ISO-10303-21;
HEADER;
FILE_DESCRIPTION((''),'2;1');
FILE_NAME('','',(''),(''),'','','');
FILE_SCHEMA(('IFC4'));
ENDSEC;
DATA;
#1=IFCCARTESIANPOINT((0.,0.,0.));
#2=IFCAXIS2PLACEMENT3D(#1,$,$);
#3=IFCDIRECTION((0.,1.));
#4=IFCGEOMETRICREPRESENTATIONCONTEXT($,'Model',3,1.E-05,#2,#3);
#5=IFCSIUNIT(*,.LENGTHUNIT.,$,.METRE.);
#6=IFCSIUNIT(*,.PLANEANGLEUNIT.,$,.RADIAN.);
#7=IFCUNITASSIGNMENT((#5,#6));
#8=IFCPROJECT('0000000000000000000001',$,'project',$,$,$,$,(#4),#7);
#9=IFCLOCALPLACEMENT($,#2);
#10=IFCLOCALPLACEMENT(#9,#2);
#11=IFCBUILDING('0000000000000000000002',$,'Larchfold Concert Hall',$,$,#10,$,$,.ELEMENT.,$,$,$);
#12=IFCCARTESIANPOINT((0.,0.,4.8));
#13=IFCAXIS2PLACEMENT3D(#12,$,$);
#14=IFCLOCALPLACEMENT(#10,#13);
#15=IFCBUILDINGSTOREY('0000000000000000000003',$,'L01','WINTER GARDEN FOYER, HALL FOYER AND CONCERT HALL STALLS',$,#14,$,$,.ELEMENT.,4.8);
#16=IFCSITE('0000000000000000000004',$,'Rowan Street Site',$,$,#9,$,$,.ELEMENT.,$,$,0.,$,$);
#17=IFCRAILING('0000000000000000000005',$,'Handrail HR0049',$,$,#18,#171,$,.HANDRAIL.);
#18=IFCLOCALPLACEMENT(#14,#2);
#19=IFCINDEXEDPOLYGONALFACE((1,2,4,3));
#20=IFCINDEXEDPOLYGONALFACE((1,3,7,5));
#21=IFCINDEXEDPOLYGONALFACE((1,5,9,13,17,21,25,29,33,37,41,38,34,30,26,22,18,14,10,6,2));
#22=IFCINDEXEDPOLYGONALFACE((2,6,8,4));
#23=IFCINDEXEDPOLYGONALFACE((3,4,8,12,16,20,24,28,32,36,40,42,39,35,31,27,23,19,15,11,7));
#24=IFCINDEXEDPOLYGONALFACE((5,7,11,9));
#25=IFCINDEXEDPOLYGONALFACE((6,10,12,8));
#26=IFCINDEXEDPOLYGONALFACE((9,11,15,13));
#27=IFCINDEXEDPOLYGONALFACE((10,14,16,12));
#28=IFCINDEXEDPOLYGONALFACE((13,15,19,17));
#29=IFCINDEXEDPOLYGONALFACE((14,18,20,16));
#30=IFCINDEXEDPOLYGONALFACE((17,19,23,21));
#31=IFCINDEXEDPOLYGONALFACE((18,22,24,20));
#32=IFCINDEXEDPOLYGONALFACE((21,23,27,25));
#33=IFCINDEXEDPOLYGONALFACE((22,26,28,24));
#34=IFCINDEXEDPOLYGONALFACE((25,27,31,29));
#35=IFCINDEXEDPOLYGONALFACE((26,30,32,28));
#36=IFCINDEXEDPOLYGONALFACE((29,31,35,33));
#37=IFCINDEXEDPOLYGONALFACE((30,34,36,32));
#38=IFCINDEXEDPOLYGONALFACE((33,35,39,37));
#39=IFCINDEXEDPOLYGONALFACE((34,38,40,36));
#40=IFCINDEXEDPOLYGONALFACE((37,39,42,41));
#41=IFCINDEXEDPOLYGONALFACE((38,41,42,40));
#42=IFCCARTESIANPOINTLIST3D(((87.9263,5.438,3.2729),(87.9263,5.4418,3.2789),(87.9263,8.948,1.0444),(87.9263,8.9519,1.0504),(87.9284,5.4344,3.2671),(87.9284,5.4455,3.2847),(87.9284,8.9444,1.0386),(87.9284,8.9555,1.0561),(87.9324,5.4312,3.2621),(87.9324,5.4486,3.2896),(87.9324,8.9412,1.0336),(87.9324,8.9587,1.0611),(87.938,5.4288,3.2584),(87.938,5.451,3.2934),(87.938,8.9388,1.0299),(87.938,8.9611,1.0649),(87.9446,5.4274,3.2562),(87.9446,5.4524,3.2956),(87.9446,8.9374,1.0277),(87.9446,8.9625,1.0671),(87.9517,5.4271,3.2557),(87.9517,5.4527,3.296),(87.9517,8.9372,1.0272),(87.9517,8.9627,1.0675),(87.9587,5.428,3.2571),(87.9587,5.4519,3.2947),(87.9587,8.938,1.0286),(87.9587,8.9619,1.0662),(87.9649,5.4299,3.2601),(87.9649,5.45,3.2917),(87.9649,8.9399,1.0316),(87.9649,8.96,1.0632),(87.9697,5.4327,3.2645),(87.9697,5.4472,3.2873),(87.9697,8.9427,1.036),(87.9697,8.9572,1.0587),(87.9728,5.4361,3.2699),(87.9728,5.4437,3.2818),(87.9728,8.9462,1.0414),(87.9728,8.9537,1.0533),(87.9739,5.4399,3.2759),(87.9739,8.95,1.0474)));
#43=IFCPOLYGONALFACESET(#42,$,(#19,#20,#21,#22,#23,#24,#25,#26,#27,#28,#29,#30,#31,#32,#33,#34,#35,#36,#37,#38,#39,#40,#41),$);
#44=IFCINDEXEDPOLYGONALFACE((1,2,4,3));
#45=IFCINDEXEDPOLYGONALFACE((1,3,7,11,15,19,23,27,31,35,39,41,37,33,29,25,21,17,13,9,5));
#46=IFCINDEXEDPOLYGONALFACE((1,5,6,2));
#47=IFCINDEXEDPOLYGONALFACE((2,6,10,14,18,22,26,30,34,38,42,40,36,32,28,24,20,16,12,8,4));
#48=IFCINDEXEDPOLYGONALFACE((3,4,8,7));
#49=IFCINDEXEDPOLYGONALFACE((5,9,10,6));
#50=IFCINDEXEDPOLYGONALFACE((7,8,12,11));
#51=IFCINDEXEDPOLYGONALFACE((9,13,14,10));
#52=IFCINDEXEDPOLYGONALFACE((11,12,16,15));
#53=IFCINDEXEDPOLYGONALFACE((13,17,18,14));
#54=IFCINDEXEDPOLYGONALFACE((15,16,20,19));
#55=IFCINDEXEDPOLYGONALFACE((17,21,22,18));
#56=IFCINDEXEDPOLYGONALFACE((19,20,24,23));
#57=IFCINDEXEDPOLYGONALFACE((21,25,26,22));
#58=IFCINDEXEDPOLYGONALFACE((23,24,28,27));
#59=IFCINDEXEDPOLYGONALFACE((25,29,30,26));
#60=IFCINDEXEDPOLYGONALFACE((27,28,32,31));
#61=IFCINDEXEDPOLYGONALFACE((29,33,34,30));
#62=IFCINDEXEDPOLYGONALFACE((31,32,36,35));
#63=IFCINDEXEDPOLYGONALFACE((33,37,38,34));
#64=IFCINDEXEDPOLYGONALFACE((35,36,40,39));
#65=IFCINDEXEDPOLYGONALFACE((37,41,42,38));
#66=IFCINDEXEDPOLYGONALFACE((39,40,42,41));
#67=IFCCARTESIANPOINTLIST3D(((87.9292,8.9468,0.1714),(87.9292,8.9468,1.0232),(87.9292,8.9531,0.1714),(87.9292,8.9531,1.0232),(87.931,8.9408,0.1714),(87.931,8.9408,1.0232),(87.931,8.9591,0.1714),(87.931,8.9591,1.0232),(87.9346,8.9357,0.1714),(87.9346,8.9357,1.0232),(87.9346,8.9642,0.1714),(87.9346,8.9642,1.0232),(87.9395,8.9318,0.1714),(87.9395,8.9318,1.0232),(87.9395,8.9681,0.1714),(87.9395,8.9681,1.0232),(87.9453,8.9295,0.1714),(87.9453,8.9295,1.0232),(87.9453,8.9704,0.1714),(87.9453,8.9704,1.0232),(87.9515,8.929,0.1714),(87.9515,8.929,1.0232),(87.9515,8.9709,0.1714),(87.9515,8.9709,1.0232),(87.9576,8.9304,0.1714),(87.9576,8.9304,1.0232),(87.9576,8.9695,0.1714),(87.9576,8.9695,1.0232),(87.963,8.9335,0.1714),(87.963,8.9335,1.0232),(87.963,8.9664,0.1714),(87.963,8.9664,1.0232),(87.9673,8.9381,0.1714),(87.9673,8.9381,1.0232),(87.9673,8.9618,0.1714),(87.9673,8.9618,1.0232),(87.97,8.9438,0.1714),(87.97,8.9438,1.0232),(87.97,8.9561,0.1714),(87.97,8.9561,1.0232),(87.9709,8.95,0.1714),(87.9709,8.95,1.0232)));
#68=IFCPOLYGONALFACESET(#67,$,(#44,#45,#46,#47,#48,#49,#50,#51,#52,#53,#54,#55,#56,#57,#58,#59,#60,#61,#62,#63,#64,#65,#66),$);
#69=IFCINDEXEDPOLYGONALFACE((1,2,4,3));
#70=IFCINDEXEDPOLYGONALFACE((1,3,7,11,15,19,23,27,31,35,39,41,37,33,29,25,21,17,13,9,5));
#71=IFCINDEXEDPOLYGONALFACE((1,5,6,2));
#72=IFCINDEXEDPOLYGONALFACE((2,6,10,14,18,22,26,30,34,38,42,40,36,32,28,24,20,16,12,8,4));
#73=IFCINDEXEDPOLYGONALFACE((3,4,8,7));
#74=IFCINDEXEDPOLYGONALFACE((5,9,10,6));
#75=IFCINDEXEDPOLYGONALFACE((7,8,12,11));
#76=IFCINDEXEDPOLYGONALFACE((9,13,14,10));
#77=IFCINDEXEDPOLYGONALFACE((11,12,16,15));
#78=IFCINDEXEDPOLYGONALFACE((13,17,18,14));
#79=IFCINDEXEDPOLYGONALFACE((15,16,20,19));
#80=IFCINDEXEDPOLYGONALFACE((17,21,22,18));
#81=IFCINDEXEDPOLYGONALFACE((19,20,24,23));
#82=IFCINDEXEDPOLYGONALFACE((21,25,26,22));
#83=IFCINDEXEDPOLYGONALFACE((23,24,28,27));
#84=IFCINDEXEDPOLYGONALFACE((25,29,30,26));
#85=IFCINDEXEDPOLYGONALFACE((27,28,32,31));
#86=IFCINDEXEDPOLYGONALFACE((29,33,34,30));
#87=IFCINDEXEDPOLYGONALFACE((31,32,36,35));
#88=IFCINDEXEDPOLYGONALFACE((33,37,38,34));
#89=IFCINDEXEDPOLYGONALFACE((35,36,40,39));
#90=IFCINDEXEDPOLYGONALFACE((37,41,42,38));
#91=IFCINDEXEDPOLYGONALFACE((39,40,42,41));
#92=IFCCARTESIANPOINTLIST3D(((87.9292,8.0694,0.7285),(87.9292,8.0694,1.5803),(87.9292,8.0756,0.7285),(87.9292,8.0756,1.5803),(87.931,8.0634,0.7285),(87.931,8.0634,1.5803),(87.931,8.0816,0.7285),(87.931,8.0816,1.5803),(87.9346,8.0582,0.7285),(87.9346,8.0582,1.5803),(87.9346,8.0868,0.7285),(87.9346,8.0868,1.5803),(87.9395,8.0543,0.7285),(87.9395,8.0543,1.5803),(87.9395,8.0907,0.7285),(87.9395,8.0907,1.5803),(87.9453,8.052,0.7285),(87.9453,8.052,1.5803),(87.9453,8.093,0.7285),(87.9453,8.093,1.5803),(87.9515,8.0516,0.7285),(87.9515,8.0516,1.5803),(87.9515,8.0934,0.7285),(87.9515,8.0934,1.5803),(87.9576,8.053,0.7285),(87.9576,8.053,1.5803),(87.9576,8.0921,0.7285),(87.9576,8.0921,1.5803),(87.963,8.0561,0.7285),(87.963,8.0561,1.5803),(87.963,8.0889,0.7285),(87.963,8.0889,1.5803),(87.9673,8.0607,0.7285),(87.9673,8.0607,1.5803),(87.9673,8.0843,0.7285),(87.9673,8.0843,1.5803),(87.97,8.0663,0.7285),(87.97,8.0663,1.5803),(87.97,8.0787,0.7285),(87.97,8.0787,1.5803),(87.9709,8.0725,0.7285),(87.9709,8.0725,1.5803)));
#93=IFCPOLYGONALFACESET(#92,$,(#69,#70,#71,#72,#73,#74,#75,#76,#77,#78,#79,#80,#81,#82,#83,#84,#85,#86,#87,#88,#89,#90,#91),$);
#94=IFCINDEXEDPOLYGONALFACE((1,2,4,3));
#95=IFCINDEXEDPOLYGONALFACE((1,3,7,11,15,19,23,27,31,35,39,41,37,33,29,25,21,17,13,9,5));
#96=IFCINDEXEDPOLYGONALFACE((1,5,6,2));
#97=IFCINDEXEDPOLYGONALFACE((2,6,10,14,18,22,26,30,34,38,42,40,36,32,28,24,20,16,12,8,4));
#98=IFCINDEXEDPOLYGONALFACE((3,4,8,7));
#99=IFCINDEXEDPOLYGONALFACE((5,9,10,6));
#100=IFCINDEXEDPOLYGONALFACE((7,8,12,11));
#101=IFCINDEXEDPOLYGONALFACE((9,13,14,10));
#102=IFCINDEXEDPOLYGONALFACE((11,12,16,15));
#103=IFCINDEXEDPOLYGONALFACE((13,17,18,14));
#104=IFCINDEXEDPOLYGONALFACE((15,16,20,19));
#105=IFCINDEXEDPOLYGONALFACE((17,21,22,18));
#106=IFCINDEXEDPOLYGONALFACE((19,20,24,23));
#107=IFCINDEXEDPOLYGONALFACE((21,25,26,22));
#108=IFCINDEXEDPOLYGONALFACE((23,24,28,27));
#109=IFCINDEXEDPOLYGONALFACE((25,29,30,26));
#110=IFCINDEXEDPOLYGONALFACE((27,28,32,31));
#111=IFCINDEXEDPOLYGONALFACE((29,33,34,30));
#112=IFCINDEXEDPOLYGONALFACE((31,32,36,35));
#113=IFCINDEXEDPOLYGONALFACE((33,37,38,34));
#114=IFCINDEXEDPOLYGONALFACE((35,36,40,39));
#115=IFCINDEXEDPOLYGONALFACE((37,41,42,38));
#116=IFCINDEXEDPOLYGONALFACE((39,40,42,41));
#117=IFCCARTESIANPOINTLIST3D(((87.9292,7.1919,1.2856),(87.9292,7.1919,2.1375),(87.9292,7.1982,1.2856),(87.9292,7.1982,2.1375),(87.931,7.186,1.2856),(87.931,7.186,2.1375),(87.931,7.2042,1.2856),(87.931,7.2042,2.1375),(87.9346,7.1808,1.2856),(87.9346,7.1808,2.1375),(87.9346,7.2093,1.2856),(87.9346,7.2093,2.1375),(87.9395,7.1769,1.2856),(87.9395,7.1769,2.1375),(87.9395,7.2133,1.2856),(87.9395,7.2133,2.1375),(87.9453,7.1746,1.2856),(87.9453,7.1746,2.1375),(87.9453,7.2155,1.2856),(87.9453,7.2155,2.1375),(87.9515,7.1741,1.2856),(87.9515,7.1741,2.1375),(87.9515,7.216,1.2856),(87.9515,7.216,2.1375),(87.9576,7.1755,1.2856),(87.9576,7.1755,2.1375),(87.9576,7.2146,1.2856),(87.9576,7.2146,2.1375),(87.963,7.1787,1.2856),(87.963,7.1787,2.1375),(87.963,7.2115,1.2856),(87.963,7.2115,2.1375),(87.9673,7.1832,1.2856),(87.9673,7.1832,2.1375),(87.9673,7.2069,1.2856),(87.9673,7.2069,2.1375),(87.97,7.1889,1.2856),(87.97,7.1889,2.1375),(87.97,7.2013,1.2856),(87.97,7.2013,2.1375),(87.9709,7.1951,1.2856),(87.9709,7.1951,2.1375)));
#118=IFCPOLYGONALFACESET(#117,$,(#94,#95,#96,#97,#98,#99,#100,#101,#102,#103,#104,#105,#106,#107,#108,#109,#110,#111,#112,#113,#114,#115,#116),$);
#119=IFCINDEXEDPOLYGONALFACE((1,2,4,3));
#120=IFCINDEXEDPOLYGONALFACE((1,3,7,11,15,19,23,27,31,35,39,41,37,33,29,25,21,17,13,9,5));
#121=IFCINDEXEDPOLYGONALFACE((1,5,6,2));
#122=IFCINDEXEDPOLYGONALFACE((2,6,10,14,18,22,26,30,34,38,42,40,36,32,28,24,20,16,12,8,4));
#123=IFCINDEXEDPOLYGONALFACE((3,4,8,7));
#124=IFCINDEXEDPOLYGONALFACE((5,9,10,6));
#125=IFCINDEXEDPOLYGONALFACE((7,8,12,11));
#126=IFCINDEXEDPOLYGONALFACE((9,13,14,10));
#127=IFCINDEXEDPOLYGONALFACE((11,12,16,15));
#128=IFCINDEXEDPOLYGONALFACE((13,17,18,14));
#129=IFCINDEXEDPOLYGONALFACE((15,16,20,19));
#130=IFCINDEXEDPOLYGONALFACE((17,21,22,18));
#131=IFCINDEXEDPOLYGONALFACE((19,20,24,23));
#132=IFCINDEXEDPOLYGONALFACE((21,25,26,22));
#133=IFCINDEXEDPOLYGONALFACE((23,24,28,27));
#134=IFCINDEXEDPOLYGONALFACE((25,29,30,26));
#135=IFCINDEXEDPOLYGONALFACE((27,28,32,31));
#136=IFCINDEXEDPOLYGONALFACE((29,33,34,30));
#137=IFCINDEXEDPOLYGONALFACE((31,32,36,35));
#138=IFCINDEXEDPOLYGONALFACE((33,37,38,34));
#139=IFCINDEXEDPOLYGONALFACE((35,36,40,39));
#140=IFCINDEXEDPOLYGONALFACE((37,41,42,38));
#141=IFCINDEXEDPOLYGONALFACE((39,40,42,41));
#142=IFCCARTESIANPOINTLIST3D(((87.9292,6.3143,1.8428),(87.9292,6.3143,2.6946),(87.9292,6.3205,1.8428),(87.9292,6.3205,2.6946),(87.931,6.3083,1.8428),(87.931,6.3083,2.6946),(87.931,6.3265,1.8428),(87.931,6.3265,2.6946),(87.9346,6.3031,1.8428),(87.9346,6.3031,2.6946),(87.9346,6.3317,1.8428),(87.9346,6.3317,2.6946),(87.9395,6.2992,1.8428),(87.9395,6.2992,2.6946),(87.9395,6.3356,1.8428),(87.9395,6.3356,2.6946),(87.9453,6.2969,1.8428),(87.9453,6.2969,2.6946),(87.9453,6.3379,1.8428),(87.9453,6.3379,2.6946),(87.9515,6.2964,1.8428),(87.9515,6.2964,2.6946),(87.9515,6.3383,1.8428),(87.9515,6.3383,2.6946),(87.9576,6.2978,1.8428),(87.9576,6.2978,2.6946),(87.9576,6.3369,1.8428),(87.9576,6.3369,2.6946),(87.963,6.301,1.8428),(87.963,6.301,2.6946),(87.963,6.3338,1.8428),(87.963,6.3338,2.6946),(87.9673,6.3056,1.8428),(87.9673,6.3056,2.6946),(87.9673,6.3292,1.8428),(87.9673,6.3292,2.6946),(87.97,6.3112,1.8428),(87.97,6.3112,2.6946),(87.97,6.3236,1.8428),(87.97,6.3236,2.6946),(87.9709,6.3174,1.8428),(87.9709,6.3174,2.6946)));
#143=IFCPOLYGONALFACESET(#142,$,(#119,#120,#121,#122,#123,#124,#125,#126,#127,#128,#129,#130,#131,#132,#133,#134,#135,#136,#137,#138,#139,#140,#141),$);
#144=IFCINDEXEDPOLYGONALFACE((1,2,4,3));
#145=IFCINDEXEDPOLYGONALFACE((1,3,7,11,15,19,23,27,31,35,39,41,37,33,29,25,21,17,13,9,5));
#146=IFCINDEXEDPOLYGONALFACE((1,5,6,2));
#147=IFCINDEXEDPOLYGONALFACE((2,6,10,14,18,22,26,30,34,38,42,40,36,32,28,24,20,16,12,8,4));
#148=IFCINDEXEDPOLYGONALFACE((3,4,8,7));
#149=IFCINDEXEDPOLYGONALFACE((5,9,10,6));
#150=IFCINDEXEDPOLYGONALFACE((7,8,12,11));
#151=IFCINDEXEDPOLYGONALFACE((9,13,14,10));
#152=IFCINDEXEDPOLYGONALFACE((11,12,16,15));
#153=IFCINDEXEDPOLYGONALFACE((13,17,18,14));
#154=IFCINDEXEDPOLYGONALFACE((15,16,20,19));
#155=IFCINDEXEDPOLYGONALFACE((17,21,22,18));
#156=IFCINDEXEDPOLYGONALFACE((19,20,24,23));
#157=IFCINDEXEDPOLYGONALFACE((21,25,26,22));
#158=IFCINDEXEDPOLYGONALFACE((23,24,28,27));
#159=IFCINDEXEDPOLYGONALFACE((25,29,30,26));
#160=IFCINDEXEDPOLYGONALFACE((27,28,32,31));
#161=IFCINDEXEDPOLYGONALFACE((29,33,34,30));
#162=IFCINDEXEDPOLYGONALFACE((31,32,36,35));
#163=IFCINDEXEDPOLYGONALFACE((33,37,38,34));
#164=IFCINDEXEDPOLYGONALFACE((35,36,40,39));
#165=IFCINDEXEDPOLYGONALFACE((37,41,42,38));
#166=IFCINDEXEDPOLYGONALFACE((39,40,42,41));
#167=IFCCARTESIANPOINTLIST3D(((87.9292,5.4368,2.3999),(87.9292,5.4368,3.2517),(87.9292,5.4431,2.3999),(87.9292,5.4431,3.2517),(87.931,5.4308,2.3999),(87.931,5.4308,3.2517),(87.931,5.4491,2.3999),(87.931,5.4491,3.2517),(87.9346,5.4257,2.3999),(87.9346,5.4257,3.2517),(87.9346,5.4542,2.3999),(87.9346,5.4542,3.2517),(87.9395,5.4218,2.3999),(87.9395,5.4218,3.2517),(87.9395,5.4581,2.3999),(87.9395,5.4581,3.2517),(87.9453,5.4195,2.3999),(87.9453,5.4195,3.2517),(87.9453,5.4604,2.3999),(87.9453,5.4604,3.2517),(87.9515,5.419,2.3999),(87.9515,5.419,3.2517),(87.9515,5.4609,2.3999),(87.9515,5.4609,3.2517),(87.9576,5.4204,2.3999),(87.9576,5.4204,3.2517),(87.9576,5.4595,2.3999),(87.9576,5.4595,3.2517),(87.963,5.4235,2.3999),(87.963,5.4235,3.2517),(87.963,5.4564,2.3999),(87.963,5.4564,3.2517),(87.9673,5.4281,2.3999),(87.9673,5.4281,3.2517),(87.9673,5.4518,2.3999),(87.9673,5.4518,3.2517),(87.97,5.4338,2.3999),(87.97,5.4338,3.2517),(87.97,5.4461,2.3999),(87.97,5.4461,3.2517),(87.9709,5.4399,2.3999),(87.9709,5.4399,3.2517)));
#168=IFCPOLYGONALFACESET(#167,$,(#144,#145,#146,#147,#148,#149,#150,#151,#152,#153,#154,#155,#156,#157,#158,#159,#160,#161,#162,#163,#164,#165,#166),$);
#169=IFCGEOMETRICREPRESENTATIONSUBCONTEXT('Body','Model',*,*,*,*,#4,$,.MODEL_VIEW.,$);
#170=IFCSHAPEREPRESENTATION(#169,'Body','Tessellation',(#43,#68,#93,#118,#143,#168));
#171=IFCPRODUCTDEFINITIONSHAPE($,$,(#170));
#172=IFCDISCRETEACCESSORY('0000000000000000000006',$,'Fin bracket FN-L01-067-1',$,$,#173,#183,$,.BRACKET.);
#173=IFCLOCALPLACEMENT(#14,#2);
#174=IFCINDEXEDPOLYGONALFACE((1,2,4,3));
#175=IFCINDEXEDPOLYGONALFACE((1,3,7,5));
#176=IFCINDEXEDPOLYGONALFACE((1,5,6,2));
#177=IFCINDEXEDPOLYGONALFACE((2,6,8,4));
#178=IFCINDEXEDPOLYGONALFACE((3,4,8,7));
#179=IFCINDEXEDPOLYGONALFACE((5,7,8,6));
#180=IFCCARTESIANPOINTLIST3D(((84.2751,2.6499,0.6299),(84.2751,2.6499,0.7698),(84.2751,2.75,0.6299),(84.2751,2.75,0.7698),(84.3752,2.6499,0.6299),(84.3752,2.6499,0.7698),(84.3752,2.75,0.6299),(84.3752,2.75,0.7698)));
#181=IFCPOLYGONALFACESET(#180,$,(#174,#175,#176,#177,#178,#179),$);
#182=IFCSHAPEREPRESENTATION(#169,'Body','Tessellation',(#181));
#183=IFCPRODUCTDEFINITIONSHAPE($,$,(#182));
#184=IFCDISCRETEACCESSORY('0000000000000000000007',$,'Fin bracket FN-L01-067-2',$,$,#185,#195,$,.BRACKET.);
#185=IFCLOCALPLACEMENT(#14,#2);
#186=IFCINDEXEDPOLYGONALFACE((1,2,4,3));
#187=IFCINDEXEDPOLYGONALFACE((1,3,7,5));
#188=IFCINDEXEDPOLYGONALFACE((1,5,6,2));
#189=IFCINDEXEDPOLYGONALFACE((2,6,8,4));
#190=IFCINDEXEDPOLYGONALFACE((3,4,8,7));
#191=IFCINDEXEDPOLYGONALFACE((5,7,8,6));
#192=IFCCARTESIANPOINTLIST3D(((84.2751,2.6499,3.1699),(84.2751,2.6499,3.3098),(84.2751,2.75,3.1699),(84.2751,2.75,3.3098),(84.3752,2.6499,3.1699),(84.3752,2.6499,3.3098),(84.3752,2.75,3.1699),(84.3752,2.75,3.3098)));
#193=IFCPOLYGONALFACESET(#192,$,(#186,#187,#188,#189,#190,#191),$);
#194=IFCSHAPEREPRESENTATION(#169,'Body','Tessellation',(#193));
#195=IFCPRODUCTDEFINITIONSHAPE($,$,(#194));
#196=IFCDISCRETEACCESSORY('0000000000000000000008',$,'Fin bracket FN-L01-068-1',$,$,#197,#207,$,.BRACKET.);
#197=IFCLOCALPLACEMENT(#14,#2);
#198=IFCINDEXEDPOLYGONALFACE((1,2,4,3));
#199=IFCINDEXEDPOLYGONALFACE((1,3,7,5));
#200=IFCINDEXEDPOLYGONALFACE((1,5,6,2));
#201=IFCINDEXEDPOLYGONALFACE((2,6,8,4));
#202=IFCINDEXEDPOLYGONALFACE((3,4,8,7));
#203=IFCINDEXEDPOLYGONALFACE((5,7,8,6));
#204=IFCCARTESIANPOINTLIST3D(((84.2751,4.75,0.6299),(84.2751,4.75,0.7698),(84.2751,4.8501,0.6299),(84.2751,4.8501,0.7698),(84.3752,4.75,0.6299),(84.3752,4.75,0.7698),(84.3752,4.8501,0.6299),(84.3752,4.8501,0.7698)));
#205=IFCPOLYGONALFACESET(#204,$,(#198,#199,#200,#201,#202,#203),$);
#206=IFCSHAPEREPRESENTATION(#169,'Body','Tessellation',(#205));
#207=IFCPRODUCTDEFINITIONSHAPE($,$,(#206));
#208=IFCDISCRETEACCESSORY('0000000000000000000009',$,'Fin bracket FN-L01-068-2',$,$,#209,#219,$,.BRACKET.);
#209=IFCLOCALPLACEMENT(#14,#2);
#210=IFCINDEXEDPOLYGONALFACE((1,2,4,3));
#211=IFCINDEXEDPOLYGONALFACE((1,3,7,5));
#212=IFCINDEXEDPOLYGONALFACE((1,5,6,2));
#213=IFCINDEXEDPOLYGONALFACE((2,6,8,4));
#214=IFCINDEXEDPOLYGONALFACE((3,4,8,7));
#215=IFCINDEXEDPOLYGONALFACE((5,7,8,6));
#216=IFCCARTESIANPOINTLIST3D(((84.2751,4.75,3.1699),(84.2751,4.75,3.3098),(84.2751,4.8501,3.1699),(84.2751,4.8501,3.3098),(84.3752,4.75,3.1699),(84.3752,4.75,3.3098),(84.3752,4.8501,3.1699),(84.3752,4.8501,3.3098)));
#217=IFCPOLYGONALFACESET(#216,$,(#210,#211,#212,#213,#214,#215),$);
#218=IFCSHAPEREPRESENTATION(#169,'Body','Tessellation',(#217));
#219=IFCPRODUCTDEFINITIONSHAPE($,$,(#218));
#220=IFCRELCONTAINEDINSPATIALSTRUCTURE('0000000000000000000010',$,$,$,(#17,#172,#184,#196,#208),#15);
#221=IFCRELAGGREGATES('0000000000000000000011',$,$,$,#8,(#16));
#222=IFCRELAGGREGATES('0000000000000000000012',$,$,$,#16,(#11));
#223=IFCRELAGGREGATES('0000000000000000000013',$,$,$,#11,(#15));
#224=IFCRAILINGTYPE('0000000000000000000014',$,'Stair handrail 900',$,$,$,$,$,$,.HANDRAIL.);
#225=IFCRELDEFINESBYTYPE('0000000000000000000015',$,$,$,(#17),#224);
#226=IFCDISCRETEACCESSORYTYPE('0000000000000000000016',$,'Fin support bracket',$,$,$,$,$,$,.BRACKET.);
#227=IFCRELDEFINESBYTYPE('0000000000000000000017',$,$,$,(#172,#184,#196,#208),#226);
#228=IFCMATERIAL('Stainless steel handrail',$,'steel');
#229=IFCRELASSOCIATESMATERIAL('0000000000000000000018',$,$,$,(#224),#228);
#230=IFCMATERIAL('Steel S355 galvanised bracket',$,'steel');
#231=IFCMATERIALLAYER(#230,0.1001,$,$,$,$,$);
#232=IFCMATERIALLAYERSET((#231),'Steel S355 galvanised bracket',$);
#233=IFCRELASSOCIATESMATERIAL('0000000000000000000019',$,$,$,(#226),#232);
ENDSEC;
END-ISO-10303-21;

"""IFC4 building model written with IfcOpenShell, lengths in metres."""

from ifc_helpers import new_model, si_unit, direction, frame, origin, origin_2d, place, context, subcontext, project, spatial, rectangle, circle, extrude, material, layer, layer_set, type_object, element, save


model = new_model("IFC4")

# Units and contexts
model_context = context("Model", 3, precision=1e-05, world=origin(), true_north=direction((0.0, 1.0)))
body_context = subcontext(model_context, "Body", "Model", "MODEL_VIEW")
ifc_project = project(units=[si_unit("LENGTHUNIT", "METRE"), si_unit("PLANEANGLEUNIT", "RADIAN")], contexts=[model_context])

# Site, building, storey
site_placement = place(None, origin())
site = spatial("IfcSite", under=ifc_project, at=site_placement, Name="Rowan Street Site", CompositionType="ELEMENT", RefElevation=0.0)
building_placement = place(site_placement, origin())
building = spatial("IfcBuilding", under=site, at=building_placement, Name="Larchfold Concert Hall", CompositionType="ELEMENT")
storey_placement = place(building_placement, frame((0.0, 0.0, 4.8)))
storey = spatial("IfcBuildingStorey", under=building, at=storey_placement, Name="L01", Description="WINTER GARDEN FOYER, HALL FOYER AND CONCERT HALL STALLS", CompositionType="ELEMENT", Elevation=4.8)

# Railing
ifc_material_1 = material(Name="Stainless steel handrail", Category="steel")
railing_type_1 = type_object("IfcRailingType", Name="Stair handrail 900", PredefinedType="HANDRAIL", material=ifc_material_1)
railing_1_placement = place(storey_placement, frame((87.95, 8.95, 0.1714)))
element("IfcRailing", 1, at=railing_1_placement, inside=storey, type_object=railing_type_1, Name="Handrail HR0049", PredefinedType="HANDRAIL", context=body_context, shape_type="SweptSolid", body=[
    extrude(circle(Radius=0.0239, at=origin_2d()), frame((0.0, 0.0, 0.876), z_axis=(0.0, -0.84422, 0.535998), x_axis=(1.0, 0.0, 0.0)), (0.0, 0.0, 1.0), 4.1577),
    extrude(circle(Radius=0.021, at=origin_2d()), origin(), (0.0, 0.0, 1.0), 0.8518),
    extrude(circle(Radius=0.021, at=origin_2d()), frame((0.0, -0.8774, 0.5571)), (0.0, 0.0, 1.0), 0.8518),
    extrude(circle(Radius=0.021, at=origin_2d()), frame((0.0, -1.7549, 1.1143)), (0.0, 0.0, 1.0), 0.8518),
    extrude(circle(Radius=0.021, at=origin_2d()), frame((0.0, -2.6326, 1.6714)), (0.0, 0.0, 1.0), 0.8518),
    extrude(circle(Radius=0.021, at=origin_2d()), frame((0.0, -3.51, 2.2285)), (0.0, 0.0, 1.0), 0.8518),
])

# Discrete accessories
ifc_material_2 = material(Name="Steel S355 galvanised bracket", Category="steel")
ifc_layer_1 = layer(ifc_material_2, 0.1001)
ifc_layer_set_1 = layer_set([ifc_layer_1], Name="Steel S355 galvanised bracket")
discrete_accessory_type = type_object("IfcDiscreteAccessoryType", Name="Fin support bracket", PredefinedType="BRACKET", material=ifc_layer_set_1)
for number, where, z_axis, x_axis, name in (
    (2, (84.3252, 2.7, 0.6299), (0.0, 0.0, 1.0), (-1.0, 0.0, 0.0), "Fin bracket FN-L01-067-1"),
    (3, (84.3252, 2.7, 3.1699), (0.0, 0.0, 1.0), (-1.0, 0.0, 0.0), "Fin bracket FN-L01-067-2"),
    (4, (84.3252, 4.8, 0.6299), (0.0, 0.0, 1.0), (-1.0, 0.0, 0.0), "Fin bracket FN-L01-068-1"),
    (5, (84.3252, 4.8, 3.1699), (0.0, 0.0, 1.0), (-1.0, 0.0, 0.0), "Fin bracket FN-L01-068-2"),
):
    element("IfcDiscreteAccessory", number, at=place(storey_placement, frame(where, z_axis=z_axis, x_axis=x_axis)), inside=storey, type_object=discrete_accessory_type, Name=name, PredefinedType="BRACKET", context=body_context, shape_type="SweptSolid", body=[
        extrude(rectangle(XDim=0.1001, YDim=0.1001, at=origin_2d()), origin(), (0.0, 0.0, 1.0), 0.1399),
    ])

save(model, "model.ifc")
